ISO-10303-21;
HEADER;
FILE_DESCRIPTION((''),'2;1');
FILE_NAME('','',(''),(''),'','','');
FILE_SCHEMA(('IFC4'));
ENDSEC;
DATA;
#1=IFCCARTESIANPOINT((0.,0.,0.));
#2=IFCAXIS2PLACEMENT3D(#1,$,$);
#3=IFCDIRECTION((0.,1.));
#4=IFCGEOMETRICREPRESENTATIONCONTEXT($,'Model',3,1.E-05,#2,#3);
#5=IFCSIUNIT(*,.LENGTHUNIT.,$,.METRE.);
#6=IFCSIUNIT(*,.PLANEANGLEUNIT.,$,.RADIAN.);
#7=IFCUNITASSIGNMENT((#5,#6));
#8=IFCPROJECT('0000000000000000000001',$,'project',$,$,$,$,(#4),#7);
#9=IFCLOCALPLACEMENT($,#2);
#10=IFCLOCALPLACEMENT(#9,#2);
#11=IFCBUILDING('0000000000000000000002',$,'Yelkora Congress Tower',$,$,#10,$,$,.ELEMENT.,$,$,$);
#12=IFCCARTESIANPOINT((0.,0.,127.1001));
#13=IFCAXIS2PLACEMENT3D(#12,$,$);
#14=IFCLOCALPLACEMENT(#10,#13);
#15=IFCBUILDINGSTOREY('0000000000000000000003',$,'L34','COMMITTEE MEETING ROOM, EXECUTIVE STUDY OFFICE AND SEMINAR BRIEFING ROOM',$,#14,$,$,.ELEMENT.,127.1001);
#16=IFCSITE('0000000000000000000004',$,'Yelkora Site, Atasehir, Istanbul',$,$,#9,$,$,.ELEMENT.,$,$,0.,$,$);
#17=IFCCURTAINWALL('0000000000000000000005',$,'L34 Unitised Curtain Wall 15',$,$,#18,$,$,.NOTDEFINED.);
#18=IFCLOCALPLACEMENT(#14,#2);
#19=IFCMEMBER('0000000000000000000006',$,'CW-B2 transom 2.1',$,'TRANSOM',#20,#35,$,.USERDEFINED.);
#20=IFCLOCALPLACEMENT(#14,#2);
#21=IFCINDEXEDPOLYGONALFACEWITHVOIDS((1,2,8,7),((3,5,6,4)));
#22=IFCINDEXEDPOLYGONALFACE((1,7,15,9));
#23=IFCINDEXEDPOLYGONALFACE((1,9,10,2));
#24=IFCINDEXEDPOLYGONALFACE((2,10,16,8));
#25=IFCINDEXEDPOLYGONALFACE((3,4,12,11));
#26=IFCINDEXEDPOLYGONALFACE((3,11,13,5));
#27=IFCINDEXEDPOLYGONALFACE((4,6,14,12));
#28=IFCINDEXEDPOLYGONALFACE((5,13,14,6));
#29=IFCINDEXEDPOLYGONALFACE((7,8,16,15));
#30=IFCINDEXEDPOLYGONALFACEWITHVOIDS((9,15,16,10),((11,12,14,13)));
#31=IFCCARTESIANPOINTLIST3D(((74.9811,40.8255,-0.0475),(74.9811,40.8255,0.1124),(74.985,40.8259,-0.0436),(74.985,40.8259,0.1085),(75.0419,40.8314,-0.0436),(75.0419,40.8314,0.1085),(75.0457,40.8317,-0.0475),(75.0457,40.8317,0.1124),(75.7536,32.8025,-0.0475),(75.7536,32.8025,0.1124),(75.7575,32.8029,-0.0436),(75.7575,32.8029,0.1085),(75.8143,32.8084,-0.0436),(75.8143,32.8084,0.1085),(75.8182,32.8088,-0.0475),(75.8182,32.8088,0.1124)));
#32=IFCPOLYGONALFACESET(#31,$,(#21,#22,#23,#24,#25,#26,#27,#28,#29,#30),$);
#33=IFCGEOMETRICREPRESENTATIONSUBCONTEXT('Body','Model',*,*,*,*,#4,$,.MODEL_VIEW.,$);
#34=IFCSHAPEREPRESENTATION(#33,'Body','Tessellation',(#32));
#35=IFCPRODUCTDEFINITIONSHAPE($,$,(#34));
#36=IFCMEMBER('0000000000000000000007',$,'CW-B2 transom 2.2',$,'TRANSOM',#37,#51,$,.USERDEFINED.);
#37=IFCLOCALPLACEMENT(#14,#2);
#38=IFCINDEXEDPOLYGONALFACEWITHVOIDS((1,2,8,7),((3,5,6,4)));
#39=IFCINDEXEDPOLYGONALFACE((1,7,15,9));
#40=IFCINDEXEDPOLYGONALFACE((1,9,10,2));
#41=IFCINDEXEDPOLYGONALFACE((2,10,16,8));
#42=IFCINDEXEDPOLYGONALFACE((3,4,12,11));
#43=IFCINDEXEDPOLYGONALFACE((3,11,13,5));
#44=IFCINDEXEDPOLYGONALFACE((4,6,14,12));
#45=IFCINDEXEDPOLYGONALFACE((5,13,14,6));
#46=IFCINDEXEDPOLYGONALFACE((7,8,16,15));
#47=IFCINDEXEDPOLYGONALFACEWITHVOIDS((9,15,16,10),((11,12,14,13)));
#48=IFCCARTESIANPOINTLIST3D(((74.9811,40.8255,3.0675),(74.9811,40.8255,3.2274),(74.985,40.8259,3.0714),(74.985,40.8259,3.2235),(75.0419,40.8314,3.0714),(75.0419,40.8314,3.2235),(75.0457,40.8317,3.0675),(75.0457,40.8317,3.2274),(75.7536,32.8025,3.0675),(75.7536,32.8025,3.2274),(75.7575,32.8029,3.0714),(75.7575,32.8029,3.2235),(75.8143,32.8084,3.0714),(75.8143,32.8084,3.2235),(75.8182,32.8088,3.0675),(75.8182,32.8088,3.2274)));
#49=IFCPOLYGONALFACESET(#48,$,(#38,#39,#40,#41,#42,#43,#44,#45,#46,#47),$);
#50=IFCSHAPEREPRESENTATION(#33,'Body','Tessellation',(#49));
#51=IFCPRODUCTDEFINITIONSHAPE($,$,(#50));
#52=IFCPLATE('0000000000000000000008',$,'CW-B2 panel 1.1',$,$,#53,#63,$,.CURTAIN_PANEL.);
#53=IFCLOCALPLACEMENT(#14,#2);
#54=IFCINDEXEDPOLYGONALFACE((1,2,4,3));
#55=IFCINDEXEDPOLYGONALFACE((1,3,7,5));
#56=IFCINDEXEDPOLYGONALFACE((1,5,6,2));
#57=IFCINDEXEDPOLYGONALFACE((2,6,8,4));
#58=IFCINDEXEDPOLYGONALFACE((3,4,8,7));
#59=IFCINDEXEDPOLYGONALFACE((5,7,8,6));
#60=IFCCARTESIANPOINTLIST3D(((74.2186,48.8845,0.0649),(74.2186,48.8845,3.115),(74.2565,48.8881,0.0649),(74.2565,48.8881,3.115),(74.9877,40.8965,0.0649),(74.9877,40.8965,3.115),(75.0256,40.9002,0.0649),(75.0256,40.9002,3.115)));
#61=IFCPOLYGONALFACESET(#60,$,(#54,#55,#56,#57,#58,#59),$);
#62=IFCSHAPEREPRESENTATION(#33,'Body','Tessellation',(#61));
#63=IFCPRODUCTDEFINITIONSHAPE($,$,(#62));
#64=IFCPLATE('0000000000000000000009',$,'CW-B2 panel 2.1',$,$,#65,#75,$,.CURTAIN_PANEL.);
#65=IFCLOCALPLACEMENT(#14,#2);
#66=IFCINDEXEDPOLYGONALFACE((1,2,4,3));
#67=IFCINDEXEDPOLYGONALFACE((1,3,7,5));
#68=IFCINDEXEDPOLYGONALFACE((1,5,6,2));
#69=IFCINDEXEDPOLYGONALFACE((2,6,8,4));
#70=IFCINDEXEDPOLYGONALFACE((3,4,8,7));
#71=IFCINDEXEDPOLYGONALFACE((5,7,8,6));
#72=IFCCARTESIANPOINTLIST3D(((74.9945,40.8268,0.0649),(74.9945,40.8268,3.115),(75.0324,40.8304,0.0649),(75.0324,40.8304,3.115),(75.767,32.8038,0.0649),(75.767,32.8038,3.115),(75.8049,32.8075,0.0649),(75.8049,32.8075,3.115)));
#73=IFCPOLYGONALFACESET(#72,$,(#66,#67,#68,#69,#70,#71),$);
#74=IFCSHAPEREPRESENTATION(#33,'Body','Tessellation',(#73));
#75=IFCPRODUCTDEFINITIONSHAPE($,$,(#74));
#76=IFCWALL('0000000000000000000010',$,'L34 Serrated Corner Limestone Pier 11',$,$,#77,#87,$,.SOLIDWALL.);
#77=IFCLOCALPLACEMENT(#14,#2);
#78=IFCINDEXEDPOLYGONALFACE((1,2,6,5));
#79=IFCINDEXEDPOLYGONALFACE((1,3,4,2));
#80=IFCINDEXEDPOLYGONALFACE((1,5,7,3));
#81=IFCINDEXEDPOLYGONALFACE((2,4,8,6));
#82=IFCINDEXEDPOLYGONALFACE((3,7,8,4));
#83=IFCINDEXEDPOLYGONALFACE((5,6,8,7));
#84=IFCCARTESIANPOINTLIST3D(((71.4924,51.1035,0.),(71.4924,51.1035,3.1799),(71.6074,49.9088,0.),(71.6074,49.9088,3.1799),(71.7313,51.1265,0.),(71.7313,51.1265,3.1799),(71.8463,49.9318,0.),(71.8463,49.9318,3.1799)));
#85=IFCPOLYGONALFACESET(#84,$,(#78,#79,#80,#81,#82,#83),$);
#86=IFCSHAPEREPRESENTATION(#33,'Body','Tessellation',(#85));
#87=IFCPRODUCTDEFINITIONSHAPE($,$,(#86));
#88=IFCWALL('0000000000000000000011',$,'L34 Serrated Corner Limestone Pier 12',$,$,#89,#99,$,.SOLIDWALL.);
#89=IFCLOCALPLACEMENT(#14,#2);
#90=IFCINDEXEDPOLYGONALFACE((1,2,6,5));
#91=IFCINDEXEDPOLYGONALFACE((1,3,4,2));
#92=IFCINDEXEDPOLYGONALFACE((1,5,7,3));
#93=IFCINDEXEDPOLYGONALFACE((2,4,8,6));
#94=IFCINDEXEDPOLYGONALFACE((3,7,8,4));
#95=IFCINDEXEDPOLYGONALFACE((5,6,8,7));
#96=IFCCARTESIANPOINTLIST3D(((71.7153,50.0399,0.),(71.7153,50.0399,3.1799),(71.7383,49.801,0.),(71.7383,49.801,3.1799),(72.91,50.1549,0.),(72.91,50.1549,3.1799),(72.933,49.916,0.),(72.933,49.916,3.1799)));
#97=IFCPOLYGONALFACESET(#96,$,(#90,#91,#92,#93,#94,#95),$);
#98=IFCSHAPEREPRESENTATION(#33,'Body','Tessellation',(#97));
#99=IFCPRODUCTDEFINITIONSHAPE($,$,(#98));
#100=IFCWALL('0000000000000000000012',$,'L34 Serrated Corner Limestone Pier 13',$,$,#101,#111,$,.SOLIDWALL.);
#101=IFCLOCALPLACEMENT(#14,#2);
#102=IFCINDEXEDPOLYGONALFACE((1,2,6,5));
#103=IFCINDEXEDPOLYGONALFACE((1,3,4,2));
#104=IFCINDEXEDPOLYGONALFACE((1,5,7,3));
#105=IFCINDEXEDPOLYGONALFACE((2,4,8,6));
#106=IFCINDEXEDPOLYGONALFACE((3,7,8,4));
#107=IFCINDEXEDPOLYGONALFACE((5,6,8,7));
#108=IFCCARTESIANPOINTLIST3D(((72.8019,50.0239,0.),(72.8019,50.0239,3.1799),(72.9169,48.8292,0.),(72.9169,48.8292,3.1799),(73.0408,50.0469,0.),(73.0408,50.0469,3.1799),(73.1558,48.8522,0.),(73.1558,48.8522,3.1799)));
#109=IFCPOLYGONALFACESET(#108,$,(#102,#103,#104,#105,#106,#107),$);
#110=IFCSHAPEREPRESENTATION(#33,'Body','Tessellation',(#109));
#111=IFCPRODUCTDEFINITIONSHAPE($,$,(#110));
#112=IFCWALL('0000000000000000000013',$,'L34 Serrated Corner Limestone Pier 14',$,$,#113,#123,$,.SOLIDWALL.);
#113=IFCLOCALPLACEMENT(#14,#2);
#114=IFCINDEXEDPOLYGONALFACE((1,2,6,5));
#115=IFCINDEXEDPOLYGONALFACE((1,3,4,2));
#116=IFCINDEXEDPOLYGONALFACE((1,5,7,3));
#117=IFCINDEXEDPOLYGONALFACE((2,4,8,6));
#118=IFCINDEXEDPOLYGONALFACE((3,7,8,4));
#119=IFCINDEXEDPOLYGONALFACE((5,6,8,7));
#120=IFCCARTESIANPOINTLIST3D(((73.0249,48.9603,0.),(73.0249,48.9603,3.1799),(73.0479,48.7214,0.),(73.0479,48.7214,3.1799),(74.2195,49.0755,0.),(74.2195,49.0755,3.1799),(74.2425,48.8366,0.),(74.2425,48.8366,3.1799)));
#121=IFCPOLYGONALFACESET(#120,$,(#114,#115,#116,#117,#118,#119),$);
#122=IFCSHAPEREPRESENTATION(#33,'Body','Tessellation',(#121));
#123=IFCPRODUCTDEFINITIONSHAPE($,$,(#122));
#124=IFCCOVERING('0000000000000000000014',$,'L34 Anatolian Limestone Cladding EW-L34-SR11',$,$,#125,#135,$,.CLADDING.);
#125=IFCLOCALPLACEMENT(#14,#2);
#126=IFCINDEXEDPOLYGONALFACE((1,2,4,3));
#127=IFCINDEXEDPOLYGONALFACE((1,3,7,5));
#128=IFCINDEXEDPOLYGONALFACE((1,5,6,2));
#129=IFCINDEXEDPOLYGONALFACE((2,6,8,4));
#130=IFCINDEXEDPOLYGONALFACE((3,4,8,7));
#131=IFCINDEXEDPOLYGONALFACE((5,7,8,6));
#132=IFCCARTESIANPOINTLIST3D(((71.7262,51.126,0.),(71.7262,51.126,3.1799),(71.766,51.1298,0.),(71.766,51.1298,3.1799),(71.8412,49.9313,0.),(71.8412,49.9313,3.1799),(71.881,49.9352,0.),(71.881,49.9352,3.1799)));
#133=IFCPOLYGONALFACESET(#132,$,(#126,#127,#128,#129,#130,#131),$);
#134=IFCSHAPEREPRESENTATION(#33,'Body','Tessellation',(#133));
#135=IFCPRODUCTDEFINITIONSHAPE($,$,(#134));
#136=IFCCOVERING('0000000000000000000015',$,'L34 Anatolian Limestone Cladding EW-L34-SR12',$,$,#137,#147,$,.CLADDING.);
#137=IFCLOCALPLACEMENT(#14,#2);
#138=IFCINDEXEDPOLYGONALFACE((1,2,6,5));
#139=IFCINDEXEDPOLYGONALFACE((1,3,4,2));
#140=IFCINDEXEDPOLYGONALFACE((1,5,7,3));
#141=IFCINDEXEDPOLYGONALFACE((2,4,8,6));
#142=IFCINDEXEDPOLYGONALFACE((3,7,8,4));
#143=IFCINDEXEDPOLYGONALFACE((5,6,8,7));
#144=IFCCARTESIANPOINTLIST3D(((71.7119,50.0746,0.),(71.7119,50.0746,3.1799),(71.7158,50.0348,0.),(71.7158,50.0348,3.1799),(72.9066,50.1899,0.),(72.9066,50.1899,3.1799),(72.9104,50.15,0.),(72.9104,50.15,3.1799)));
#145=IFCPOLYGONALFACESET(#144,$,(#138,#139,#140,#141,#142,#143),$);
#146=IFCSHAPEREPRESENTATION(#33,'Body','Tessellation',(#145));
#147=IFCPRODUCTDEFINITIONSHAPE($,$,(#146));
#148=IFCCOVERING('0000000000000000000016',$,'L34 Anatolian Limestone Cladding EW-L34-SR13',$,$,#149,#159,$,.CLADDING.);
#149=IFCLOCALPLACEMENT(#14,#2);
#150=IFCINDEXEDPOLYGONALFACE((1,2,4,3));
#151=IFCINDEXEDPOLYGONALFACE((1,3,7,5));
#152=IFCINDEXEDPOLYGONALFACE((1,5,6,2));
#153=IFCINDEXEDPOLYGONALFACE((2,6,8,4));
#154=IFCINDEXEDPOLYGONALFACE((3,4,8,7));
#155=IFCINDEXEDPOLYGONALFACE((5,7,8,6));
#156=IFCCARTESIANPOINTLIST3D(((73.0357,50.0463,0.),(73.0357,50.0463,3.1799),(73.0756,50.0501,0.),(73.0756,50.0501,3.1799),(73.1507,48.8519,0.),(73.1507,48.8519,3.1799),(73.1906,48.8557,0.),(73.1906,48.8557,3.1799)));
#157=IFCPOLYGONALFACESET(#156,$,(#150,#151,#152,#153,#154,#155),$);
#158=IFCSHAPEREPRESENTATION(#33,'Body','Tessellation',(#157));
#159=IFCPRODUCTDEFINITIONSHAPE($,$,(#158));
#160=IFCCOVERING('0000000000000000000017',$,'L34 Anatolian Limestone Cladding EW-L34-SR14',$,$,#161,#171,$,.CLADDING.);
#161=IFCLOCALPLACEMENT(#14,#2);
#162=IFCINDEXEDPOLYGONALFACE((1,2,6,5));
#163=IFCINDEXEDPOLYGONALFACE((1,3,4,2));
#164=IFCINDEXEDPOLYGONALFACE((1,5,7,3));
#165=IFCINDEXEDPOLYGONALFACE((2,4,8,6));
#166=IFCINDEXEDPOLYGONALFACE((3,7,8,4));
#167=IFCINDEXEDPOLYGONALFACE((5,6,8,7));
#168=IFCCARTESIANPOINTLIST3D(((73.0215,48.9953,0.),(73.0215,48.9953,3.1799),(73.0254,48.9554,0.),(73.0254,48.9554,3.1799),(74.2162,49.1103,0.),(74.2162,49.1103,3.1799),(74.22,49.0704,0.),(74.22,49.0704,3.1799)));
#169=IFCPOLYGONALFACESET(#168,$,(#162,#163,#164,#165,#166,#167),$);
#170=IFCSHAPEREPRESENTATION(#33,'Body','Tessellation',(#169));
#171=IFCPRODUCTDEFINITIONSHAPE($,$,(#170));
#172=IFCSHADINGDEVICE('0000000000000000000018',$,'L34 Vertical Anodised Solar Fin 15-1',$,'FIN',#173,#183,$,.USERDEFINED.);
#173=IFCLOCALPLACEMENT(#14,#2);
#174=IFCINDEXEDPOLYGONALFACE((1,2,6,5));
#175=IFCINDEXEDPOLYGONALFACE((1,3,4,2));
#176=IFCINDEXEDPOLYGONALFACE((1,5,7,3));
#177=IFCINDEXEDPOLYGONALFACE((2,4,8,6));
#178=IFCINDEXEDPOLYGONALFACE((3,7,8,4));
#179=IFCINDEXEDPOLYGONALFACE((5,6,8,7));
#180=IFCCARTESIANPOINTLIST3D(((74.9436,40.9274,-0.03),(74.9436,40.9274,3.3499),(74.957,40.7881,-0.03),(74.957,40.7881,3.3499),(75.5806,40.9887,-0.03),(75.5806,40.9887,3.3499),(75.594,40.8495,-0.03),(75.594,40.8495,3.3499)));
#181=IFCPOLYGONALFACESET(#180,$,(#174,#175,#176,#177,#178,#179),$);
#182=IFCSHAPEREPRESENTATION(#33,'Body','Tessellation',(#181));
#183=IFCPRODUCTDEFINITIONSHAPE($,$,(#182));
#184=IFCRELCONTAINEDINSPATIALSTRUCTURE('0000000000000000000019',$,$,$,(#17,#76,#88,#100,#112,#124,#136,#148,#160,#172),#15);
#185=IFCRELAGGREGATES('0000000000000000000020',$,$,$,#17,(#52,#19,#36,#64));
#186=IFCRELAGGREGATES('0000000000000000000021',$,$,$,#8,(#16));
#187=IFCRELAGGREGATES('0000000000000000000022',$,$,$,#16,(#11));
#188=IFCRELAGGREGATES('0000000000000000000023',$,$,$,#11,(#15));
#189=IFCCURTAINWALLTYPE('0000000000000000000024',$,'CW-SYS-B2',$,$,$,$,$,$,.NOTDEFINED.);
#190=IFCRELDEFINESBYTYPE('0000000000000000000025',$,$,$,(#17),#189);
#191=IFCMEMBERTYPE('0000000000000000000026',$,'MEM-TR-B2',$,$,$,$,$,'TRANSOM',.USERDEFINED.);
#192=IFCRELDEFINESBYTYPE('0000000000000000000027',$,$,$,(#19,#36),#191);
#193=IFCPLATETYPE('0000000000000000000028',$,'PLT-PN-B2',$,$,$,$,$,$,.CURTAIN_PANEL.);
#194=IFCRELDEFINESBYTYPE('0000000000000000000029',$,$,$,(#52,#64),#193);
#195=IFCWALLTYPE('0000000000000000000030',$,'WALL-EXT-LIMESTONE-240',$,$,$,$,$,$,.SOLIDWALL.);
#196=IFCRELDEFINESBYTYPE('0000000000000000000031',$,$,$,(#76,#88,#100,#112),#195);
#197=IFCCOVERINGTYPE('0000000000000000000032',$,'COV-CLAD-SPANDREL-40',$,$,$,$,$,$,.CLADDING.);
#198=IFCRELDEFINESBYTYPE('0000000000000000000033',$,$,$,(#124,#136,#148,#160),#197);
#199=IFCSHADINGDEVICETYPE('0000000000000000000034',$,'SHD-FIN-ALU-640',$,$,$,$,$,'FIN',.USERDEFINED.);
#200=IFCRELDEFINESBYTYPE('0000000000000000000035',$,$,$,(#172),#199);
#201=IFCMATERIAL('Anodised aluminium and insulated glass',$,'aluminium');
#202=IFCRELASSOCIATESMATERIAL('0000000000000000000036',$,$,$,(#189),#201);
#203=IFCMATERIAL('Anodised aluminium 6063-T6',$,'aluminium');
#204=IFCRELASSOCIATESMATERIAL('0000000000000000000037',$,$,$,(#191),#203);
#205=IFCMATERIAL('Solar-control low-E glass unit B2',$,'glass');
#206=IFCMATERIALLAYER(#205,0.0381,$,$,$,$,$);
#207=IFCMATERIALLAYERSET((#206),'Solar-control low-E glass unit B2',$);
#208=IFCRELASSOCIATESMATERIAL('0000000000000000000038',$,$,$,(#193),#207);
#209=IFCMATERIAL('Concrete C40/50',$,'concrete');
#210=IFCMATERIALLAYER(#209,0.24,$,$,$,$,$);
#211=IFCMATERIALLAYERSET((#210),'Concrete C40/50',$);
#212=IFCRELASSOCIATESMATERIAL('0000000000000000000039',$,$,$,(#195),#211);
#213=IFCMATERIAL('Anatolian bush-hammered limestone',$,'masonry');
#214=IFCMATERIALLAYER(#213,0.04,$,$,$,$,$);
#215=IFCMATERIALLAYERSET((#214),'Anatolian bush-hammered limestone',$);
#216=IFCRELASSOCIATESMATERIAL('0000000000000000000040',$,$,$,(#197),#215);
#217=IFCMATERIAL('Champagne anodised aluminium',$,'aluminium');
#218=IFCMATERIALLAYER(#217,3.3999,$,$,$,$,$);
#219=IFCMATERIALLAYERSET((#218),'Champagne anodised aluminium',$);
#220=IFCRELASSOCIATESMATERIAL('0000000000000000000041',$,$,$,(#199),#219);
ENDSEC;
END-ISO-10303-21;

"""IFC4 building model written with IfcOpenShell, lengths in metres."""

from ifc_helpers import new_model, si_unit, direction, frame, frame_2d, origin, origin_2d, place, context, subcontext, project, spatial, rectangle, hollow_rectangle, extrude, material, layer, layer_set, material_profile, profile_set, type_object, element, aggregate, save


model = new_model("IFC4")

# Units and contexts
model_context = context("Model", 3, precision=1e-05, world=origin(), true_north=direction((0.0, 1.0)))
body_context = subcontext(model_context, "Body", "Model", "MODEL_VIEW")
ifc_project = project(units=[si_unit("LENGTHUNIT", "METRE"), si_unit("PLANEANGLEUNIT", "RADIAN")], contexts=[model_context])

# Site, building, storey
site_placement = place(None, origin())
site = spatial("IfcSite", under=ifc_project, at=site_placement, Name="Yelkora Site, Atasehir, Istanbul", CompositionType="ELEMENT", RefElevation=0.0)
building_placement = place(site_placement, origin())
building = spatial("IfcBuilding", under=site, at=building_placement, Name="Yelkora Congress Tower", CompositionType="ELEMENT")
storey_placement = place(building_placement, frame((0.0, 0.0, 127.1001)))
storey = spatial("IfcBuildingStorey", under=building, at=storey_placement, Name="L34", Description="COMMITTEE MEETING ROOM, EXECUTIVE STUDY OFFICE AND SEMINAR BRIEFING ROOM", CompositionType="ELEMENT", Elevation=127.1001)

# Shared definitions
ifc_material_1 = material(Name="Anodised aluminium and insulated glass", Category="aluminium")
curtain_wall_type = type_object("IfcCurtainWallType", Name="CW-SYS-B2", PredefinedType="NOTDEFINED", material=ifc_material_1)
ifc_material_2 = material(Name="Anodised aluminium 6063-T6", Category="aluminium")

# Curtain wall, members, plates
curtain_wall_1_placement = place(storey_placement, origin())
curtain_wall_1 = element("IfcCurtainWall", 1, at=curtain_wall_1_placement, inside=storey, type_object=curtain_wall_type, Name="L34 Unitised Curtain Wall 15", PredefinedType="NOTDEFINED")
ifc_material_profile_1 = material_profile(ifc_material_2, hollow_rectangle(XDim=0.0649, YDim=0.1599, WallThickness=0.0039, at=origin_2d()), Name="ALU 65x160x4")
ifc_profile_set_1 = profile_set([ifc_material_profile_1], Name="Anodised aluminium 6063-T6")
member_type_1 = type_object("IfcMemberType", Name="MEM-TR-B2", ElementType="TRANSOM", PredefinedType="USERDEFINED", material=ifc_profile_set_1)
member_1_placement = place(storey_placement, frame((75.0134, 40.8286, 0.0325), z_axis=(0.095838, -0.995397, 0.0), x_axis=(0.995397, 0.095838, 0.0)))
member_1 = element("IfcMember", 2, at=member_1_placement, type_object=member_type_1, Name="CW-B2 transom 2.1", ObjectType="TRANSOM", PredefinedType="USERDEFINED", context=body_context, shape_type="SweptSolid", body=[
    extrude(hollow_rectangle(XDim=0.0649, YDim=0.1599, WallThickness=0.0039, at=origin_2d()), origin(), (0.0, 0.0, 1.0), 8.0601),
])
member_2_placement = place(storey_placement, frame((75.0134, 40.8286, 3.1475), z_axis=(0.095838, -0.995397, 0.0), x_axis=(0.995397, 0.095838, 0.0)))
member_2 = element("IfcMember", 3, at=member_2_placement, type_object=member_type_1, Name="CW-B2 transom 2.2", ObjectType="TRANSOM", PredefinedType="USERDEFINED", context=body_context, shape_type="SweptSolid", body=[
    extrude(hollow_rectangle(XDim=0.0649, YDim=0.1599, WallThickness=0.0039, at=origin_2d()), origin(), (0.0, 0.0, 1.0), 8.0601),
])
ifc_material_3 = material(Name="Solar-control low-E glass unit B2", Category="glass")
ifc_layer_1 = layer(ifc_material_3, 0.0381)
ifc_layer_set_1 = layer_set([ifc_layer_1], Name="Solar-control low-E glass unit B2")
plate_type = type_object("IfcPlateType", Name="PLT-PN-B2", PredefinedType="CURTAIN_PANEL", material=ifc_layer_set_1)
plate_1_placement = place(storey_placement, frame((74.6221, 44.8923, 0.0649), z_axis=(0.0, 0.0, 1.0), x_axis=(0.095843, -0.995397, 0.0)))
plate_1 = element("IfcPlate", 4, at=plate_1_placement, type_object=plate_type, Name="CW-B2 panel 1.1", PredefinedType="CURTAIN_PANEL", context=body_context, shape_type="SweptSolid", body=[
    extrude(rectangle(XDim=8.0249, YDim=0.0381, at=origin_2d()), origin(), (0.0, 0.0, 1.0), 3.05),
])
plate_2_placement = place(storey_placement, frame((75.3997, 36.8171, 0.0649), z_axis=(0.0, 0.0, 1.0), x_axis=(0.095843, -0.995397, 0.0)))
plate_2 = element("IfcPlate", 5, at=plate_2_placement, type_object=plate_type, Name="CW-B2 panel 2.1", PredefinedType="CURTAIN_PANEL", context=body_context, shape_type="SweptSolid", body=[
    extrude(rectangle(XDim=8.0601, YDim=0.0381, at=origin_2d()), origin(), (0.0, 0.0, 1.0), 3.05),
])
aggregate(curtain_wall_1, [plate_1, member_1, member_2, plate_2])

# Walls
ifc_material_4 = material(Name="Concrete C40/50", Category="concrete")
ifc_layer_2 = layer(ifc_material_4, 0.24)
ifc_layer_set_2 = layer_set([ifc_layer_2], Name="Concrete C40/50")
wall_type = type_object("IfcWallType", Name="WALL-EXT-LIMESTONE-240", PredefinedType="SOLIDWALL", material=ifc_layer_set_2)
for number, where, z_axis, x_axis, name in (
    (6, (71.6118, 51.115, 0.0), (0.0, 0.0, 1.0), (0.095817, -0.995399, 0.0), "L34 Serrated Corner Limestone Pier 11"),
    (7, (71.7268, 49.9204, 0.0), (0.0, 0.0, 1.0), (0.995399, 0.095817, 0.0), "L34 Serrated Corner Limestone Pier 12"),
    (8, (72.9214, 50.0354, 0.0), (0.0, 0.0, 1.0), (0.095817, -0.995399, 0.0), "L34 Serrated Corner Limestone Pier 13"),
    (9, (73.0364, 48.8408, 0.0), (0.0, 0.0, 1.0), (0.99538, 0.096019, 0.0), "L34 Serrated Corner Limestone Pier 14"),
):
    element("IfcWall", number, at=place(storey_placement, frame(where, z_axis=z_axis, x_axis=x_axis)), inside=storey, type_object=wall_type, Name=name, PredefinedType="SOLIDWALL", context=body_context, shape_type="SweptSolid", body=[
        extrude(rectangle(XDim=1.2002, YDim=0.24, at=frame_2d((0.6001, 0.0))), origin(), (0.0, 0.0, 1.0), 3.1799),
    ])

# Coverings
ifc_material_5 = material(Name="Anatolian bush-hammered limestone", Category="masonry")
ifc_layer_3 = layer(ifc_material_5, 0.04)
ifc_layer_set_3 = layer_set([ifc_layer_3], Name="Anatolian bush-hammered limestone")
covering_type = type_object("IfcCoveringType", Name="COV-CLAD-SPANDREL-40", PredefinedType="CLADDING", material=ifc_layer_set_3)
for number, where, z_axis, x_axis, name in (
    (10, (71.7461, 51.1279, 0.0), (0.0, 0.0, 1.0), (0.095817, -0.995399, 0.0), "L34 Anatolian Limestone Cladding EW-L34-SR11"),
    (11, (71.7139, 50.0547, 0.0), (0.0, 0.0, 1.0), (0.99538, 0.096019, 0.0), "L34 Anatolian Limestone Cladding EW-L34-SR12"),
):
    element("IfcCovering", number, at=place(storey_placement, frame(where, z_axis=z_axis, x_axis=x_axis)), inside=storey, type_object=covering_type, Name=name, PredefinedType="CLADDING", context=body_context, shape_type="SweptSolid", body=[
        extrude(rectangle(XDim=1.2002, YDim=0.04, at=frame_2d((0.6001, 0.0))), origin(), (0.0, 0.0, 1.0), 3.1799),
    ])
covering_1_placement = place(storey_placement, frame((73.0557, 50.0483, 0.0), z_axis=(0.0, 0.0, 1.0), x_axis=(0.095836, -0.995397, 0.0)))
element("IfcCovering", 12, at=covering_1_placement, inside=storey, type_object=covering_type, Name="L34 Anatolian Limestone Cladding EW-L34-SR13", PredefinedType="CLADDING", context=body_context, shape_type="SweptSolid", body=[
    extrude(rectangle(XDim=1.2, YDim=0.04, at=frame_2d((0.6001, 0.0))), origin(), (0.0, 0.0, 1.0), 3.1799),
])
covering_2_placement = place(storey_placement, frame((73.0234, 48.9753, 0.0), z_axis=(0.0, 0.0, 1.0), x_axis=(0.995399, 0.095817, 0.0)))
element("IfcCovering", 13, at=covering_2_placement, inside=storey, type_object=covering_type, Name="L34 Anatolian Limestone Cladding EW-L34-SR14", PredefinedType="CLADDING", context=body_context, shape_type="SweptSolid", body=[
    extrude(rectangle(XDim=1.2002, YDim=0.04, at=frame_2d((0.6001, 0.0))), origin(), (0.0, 0.0, 1.0), 3.1799),
])

# Shading device
ifc_material_6 = material(Name="Champagne anodised aluminium", Category="aluminium")
ifc_layer_4 = layer(ifc_material_6, 3.3999)
ifc_layer_set_4 = layer_set([ifc_layer_4], Name="Champagne anodised aluminium")
shading_device_type = type_object("IfcShadingDeviceType", Name="SHD-FIN-ALU-640", ElementType="FIN", PredefinedType="USERDEFINED", material=ifc_layer_set_4)
shading_device_placement = place(storey_placement, frame((75.2688, 40.8884, -0.03), z_axis=(0.0, 0.0, 1.0), x_axis=(0.095846, -0.995396, 0.0)))
element("IfcShadingDevice", 14, at=shading_device_placement, inside=storey, type_object=shading_device_type, Name="L34 Vertical Anodised Solar Fin 15-1", ObjectType="FIN", PredefinedType="USERDEFINED", context=body_context, shape_type="SweptSolid", body=[
    extrude(rectangle(XDim=0.1399, YDim=0.6399, at=origin_2d()), origin(), (0.0, 0.0, 1.0), 3.3799),
])

save(model, "model.ifc")
